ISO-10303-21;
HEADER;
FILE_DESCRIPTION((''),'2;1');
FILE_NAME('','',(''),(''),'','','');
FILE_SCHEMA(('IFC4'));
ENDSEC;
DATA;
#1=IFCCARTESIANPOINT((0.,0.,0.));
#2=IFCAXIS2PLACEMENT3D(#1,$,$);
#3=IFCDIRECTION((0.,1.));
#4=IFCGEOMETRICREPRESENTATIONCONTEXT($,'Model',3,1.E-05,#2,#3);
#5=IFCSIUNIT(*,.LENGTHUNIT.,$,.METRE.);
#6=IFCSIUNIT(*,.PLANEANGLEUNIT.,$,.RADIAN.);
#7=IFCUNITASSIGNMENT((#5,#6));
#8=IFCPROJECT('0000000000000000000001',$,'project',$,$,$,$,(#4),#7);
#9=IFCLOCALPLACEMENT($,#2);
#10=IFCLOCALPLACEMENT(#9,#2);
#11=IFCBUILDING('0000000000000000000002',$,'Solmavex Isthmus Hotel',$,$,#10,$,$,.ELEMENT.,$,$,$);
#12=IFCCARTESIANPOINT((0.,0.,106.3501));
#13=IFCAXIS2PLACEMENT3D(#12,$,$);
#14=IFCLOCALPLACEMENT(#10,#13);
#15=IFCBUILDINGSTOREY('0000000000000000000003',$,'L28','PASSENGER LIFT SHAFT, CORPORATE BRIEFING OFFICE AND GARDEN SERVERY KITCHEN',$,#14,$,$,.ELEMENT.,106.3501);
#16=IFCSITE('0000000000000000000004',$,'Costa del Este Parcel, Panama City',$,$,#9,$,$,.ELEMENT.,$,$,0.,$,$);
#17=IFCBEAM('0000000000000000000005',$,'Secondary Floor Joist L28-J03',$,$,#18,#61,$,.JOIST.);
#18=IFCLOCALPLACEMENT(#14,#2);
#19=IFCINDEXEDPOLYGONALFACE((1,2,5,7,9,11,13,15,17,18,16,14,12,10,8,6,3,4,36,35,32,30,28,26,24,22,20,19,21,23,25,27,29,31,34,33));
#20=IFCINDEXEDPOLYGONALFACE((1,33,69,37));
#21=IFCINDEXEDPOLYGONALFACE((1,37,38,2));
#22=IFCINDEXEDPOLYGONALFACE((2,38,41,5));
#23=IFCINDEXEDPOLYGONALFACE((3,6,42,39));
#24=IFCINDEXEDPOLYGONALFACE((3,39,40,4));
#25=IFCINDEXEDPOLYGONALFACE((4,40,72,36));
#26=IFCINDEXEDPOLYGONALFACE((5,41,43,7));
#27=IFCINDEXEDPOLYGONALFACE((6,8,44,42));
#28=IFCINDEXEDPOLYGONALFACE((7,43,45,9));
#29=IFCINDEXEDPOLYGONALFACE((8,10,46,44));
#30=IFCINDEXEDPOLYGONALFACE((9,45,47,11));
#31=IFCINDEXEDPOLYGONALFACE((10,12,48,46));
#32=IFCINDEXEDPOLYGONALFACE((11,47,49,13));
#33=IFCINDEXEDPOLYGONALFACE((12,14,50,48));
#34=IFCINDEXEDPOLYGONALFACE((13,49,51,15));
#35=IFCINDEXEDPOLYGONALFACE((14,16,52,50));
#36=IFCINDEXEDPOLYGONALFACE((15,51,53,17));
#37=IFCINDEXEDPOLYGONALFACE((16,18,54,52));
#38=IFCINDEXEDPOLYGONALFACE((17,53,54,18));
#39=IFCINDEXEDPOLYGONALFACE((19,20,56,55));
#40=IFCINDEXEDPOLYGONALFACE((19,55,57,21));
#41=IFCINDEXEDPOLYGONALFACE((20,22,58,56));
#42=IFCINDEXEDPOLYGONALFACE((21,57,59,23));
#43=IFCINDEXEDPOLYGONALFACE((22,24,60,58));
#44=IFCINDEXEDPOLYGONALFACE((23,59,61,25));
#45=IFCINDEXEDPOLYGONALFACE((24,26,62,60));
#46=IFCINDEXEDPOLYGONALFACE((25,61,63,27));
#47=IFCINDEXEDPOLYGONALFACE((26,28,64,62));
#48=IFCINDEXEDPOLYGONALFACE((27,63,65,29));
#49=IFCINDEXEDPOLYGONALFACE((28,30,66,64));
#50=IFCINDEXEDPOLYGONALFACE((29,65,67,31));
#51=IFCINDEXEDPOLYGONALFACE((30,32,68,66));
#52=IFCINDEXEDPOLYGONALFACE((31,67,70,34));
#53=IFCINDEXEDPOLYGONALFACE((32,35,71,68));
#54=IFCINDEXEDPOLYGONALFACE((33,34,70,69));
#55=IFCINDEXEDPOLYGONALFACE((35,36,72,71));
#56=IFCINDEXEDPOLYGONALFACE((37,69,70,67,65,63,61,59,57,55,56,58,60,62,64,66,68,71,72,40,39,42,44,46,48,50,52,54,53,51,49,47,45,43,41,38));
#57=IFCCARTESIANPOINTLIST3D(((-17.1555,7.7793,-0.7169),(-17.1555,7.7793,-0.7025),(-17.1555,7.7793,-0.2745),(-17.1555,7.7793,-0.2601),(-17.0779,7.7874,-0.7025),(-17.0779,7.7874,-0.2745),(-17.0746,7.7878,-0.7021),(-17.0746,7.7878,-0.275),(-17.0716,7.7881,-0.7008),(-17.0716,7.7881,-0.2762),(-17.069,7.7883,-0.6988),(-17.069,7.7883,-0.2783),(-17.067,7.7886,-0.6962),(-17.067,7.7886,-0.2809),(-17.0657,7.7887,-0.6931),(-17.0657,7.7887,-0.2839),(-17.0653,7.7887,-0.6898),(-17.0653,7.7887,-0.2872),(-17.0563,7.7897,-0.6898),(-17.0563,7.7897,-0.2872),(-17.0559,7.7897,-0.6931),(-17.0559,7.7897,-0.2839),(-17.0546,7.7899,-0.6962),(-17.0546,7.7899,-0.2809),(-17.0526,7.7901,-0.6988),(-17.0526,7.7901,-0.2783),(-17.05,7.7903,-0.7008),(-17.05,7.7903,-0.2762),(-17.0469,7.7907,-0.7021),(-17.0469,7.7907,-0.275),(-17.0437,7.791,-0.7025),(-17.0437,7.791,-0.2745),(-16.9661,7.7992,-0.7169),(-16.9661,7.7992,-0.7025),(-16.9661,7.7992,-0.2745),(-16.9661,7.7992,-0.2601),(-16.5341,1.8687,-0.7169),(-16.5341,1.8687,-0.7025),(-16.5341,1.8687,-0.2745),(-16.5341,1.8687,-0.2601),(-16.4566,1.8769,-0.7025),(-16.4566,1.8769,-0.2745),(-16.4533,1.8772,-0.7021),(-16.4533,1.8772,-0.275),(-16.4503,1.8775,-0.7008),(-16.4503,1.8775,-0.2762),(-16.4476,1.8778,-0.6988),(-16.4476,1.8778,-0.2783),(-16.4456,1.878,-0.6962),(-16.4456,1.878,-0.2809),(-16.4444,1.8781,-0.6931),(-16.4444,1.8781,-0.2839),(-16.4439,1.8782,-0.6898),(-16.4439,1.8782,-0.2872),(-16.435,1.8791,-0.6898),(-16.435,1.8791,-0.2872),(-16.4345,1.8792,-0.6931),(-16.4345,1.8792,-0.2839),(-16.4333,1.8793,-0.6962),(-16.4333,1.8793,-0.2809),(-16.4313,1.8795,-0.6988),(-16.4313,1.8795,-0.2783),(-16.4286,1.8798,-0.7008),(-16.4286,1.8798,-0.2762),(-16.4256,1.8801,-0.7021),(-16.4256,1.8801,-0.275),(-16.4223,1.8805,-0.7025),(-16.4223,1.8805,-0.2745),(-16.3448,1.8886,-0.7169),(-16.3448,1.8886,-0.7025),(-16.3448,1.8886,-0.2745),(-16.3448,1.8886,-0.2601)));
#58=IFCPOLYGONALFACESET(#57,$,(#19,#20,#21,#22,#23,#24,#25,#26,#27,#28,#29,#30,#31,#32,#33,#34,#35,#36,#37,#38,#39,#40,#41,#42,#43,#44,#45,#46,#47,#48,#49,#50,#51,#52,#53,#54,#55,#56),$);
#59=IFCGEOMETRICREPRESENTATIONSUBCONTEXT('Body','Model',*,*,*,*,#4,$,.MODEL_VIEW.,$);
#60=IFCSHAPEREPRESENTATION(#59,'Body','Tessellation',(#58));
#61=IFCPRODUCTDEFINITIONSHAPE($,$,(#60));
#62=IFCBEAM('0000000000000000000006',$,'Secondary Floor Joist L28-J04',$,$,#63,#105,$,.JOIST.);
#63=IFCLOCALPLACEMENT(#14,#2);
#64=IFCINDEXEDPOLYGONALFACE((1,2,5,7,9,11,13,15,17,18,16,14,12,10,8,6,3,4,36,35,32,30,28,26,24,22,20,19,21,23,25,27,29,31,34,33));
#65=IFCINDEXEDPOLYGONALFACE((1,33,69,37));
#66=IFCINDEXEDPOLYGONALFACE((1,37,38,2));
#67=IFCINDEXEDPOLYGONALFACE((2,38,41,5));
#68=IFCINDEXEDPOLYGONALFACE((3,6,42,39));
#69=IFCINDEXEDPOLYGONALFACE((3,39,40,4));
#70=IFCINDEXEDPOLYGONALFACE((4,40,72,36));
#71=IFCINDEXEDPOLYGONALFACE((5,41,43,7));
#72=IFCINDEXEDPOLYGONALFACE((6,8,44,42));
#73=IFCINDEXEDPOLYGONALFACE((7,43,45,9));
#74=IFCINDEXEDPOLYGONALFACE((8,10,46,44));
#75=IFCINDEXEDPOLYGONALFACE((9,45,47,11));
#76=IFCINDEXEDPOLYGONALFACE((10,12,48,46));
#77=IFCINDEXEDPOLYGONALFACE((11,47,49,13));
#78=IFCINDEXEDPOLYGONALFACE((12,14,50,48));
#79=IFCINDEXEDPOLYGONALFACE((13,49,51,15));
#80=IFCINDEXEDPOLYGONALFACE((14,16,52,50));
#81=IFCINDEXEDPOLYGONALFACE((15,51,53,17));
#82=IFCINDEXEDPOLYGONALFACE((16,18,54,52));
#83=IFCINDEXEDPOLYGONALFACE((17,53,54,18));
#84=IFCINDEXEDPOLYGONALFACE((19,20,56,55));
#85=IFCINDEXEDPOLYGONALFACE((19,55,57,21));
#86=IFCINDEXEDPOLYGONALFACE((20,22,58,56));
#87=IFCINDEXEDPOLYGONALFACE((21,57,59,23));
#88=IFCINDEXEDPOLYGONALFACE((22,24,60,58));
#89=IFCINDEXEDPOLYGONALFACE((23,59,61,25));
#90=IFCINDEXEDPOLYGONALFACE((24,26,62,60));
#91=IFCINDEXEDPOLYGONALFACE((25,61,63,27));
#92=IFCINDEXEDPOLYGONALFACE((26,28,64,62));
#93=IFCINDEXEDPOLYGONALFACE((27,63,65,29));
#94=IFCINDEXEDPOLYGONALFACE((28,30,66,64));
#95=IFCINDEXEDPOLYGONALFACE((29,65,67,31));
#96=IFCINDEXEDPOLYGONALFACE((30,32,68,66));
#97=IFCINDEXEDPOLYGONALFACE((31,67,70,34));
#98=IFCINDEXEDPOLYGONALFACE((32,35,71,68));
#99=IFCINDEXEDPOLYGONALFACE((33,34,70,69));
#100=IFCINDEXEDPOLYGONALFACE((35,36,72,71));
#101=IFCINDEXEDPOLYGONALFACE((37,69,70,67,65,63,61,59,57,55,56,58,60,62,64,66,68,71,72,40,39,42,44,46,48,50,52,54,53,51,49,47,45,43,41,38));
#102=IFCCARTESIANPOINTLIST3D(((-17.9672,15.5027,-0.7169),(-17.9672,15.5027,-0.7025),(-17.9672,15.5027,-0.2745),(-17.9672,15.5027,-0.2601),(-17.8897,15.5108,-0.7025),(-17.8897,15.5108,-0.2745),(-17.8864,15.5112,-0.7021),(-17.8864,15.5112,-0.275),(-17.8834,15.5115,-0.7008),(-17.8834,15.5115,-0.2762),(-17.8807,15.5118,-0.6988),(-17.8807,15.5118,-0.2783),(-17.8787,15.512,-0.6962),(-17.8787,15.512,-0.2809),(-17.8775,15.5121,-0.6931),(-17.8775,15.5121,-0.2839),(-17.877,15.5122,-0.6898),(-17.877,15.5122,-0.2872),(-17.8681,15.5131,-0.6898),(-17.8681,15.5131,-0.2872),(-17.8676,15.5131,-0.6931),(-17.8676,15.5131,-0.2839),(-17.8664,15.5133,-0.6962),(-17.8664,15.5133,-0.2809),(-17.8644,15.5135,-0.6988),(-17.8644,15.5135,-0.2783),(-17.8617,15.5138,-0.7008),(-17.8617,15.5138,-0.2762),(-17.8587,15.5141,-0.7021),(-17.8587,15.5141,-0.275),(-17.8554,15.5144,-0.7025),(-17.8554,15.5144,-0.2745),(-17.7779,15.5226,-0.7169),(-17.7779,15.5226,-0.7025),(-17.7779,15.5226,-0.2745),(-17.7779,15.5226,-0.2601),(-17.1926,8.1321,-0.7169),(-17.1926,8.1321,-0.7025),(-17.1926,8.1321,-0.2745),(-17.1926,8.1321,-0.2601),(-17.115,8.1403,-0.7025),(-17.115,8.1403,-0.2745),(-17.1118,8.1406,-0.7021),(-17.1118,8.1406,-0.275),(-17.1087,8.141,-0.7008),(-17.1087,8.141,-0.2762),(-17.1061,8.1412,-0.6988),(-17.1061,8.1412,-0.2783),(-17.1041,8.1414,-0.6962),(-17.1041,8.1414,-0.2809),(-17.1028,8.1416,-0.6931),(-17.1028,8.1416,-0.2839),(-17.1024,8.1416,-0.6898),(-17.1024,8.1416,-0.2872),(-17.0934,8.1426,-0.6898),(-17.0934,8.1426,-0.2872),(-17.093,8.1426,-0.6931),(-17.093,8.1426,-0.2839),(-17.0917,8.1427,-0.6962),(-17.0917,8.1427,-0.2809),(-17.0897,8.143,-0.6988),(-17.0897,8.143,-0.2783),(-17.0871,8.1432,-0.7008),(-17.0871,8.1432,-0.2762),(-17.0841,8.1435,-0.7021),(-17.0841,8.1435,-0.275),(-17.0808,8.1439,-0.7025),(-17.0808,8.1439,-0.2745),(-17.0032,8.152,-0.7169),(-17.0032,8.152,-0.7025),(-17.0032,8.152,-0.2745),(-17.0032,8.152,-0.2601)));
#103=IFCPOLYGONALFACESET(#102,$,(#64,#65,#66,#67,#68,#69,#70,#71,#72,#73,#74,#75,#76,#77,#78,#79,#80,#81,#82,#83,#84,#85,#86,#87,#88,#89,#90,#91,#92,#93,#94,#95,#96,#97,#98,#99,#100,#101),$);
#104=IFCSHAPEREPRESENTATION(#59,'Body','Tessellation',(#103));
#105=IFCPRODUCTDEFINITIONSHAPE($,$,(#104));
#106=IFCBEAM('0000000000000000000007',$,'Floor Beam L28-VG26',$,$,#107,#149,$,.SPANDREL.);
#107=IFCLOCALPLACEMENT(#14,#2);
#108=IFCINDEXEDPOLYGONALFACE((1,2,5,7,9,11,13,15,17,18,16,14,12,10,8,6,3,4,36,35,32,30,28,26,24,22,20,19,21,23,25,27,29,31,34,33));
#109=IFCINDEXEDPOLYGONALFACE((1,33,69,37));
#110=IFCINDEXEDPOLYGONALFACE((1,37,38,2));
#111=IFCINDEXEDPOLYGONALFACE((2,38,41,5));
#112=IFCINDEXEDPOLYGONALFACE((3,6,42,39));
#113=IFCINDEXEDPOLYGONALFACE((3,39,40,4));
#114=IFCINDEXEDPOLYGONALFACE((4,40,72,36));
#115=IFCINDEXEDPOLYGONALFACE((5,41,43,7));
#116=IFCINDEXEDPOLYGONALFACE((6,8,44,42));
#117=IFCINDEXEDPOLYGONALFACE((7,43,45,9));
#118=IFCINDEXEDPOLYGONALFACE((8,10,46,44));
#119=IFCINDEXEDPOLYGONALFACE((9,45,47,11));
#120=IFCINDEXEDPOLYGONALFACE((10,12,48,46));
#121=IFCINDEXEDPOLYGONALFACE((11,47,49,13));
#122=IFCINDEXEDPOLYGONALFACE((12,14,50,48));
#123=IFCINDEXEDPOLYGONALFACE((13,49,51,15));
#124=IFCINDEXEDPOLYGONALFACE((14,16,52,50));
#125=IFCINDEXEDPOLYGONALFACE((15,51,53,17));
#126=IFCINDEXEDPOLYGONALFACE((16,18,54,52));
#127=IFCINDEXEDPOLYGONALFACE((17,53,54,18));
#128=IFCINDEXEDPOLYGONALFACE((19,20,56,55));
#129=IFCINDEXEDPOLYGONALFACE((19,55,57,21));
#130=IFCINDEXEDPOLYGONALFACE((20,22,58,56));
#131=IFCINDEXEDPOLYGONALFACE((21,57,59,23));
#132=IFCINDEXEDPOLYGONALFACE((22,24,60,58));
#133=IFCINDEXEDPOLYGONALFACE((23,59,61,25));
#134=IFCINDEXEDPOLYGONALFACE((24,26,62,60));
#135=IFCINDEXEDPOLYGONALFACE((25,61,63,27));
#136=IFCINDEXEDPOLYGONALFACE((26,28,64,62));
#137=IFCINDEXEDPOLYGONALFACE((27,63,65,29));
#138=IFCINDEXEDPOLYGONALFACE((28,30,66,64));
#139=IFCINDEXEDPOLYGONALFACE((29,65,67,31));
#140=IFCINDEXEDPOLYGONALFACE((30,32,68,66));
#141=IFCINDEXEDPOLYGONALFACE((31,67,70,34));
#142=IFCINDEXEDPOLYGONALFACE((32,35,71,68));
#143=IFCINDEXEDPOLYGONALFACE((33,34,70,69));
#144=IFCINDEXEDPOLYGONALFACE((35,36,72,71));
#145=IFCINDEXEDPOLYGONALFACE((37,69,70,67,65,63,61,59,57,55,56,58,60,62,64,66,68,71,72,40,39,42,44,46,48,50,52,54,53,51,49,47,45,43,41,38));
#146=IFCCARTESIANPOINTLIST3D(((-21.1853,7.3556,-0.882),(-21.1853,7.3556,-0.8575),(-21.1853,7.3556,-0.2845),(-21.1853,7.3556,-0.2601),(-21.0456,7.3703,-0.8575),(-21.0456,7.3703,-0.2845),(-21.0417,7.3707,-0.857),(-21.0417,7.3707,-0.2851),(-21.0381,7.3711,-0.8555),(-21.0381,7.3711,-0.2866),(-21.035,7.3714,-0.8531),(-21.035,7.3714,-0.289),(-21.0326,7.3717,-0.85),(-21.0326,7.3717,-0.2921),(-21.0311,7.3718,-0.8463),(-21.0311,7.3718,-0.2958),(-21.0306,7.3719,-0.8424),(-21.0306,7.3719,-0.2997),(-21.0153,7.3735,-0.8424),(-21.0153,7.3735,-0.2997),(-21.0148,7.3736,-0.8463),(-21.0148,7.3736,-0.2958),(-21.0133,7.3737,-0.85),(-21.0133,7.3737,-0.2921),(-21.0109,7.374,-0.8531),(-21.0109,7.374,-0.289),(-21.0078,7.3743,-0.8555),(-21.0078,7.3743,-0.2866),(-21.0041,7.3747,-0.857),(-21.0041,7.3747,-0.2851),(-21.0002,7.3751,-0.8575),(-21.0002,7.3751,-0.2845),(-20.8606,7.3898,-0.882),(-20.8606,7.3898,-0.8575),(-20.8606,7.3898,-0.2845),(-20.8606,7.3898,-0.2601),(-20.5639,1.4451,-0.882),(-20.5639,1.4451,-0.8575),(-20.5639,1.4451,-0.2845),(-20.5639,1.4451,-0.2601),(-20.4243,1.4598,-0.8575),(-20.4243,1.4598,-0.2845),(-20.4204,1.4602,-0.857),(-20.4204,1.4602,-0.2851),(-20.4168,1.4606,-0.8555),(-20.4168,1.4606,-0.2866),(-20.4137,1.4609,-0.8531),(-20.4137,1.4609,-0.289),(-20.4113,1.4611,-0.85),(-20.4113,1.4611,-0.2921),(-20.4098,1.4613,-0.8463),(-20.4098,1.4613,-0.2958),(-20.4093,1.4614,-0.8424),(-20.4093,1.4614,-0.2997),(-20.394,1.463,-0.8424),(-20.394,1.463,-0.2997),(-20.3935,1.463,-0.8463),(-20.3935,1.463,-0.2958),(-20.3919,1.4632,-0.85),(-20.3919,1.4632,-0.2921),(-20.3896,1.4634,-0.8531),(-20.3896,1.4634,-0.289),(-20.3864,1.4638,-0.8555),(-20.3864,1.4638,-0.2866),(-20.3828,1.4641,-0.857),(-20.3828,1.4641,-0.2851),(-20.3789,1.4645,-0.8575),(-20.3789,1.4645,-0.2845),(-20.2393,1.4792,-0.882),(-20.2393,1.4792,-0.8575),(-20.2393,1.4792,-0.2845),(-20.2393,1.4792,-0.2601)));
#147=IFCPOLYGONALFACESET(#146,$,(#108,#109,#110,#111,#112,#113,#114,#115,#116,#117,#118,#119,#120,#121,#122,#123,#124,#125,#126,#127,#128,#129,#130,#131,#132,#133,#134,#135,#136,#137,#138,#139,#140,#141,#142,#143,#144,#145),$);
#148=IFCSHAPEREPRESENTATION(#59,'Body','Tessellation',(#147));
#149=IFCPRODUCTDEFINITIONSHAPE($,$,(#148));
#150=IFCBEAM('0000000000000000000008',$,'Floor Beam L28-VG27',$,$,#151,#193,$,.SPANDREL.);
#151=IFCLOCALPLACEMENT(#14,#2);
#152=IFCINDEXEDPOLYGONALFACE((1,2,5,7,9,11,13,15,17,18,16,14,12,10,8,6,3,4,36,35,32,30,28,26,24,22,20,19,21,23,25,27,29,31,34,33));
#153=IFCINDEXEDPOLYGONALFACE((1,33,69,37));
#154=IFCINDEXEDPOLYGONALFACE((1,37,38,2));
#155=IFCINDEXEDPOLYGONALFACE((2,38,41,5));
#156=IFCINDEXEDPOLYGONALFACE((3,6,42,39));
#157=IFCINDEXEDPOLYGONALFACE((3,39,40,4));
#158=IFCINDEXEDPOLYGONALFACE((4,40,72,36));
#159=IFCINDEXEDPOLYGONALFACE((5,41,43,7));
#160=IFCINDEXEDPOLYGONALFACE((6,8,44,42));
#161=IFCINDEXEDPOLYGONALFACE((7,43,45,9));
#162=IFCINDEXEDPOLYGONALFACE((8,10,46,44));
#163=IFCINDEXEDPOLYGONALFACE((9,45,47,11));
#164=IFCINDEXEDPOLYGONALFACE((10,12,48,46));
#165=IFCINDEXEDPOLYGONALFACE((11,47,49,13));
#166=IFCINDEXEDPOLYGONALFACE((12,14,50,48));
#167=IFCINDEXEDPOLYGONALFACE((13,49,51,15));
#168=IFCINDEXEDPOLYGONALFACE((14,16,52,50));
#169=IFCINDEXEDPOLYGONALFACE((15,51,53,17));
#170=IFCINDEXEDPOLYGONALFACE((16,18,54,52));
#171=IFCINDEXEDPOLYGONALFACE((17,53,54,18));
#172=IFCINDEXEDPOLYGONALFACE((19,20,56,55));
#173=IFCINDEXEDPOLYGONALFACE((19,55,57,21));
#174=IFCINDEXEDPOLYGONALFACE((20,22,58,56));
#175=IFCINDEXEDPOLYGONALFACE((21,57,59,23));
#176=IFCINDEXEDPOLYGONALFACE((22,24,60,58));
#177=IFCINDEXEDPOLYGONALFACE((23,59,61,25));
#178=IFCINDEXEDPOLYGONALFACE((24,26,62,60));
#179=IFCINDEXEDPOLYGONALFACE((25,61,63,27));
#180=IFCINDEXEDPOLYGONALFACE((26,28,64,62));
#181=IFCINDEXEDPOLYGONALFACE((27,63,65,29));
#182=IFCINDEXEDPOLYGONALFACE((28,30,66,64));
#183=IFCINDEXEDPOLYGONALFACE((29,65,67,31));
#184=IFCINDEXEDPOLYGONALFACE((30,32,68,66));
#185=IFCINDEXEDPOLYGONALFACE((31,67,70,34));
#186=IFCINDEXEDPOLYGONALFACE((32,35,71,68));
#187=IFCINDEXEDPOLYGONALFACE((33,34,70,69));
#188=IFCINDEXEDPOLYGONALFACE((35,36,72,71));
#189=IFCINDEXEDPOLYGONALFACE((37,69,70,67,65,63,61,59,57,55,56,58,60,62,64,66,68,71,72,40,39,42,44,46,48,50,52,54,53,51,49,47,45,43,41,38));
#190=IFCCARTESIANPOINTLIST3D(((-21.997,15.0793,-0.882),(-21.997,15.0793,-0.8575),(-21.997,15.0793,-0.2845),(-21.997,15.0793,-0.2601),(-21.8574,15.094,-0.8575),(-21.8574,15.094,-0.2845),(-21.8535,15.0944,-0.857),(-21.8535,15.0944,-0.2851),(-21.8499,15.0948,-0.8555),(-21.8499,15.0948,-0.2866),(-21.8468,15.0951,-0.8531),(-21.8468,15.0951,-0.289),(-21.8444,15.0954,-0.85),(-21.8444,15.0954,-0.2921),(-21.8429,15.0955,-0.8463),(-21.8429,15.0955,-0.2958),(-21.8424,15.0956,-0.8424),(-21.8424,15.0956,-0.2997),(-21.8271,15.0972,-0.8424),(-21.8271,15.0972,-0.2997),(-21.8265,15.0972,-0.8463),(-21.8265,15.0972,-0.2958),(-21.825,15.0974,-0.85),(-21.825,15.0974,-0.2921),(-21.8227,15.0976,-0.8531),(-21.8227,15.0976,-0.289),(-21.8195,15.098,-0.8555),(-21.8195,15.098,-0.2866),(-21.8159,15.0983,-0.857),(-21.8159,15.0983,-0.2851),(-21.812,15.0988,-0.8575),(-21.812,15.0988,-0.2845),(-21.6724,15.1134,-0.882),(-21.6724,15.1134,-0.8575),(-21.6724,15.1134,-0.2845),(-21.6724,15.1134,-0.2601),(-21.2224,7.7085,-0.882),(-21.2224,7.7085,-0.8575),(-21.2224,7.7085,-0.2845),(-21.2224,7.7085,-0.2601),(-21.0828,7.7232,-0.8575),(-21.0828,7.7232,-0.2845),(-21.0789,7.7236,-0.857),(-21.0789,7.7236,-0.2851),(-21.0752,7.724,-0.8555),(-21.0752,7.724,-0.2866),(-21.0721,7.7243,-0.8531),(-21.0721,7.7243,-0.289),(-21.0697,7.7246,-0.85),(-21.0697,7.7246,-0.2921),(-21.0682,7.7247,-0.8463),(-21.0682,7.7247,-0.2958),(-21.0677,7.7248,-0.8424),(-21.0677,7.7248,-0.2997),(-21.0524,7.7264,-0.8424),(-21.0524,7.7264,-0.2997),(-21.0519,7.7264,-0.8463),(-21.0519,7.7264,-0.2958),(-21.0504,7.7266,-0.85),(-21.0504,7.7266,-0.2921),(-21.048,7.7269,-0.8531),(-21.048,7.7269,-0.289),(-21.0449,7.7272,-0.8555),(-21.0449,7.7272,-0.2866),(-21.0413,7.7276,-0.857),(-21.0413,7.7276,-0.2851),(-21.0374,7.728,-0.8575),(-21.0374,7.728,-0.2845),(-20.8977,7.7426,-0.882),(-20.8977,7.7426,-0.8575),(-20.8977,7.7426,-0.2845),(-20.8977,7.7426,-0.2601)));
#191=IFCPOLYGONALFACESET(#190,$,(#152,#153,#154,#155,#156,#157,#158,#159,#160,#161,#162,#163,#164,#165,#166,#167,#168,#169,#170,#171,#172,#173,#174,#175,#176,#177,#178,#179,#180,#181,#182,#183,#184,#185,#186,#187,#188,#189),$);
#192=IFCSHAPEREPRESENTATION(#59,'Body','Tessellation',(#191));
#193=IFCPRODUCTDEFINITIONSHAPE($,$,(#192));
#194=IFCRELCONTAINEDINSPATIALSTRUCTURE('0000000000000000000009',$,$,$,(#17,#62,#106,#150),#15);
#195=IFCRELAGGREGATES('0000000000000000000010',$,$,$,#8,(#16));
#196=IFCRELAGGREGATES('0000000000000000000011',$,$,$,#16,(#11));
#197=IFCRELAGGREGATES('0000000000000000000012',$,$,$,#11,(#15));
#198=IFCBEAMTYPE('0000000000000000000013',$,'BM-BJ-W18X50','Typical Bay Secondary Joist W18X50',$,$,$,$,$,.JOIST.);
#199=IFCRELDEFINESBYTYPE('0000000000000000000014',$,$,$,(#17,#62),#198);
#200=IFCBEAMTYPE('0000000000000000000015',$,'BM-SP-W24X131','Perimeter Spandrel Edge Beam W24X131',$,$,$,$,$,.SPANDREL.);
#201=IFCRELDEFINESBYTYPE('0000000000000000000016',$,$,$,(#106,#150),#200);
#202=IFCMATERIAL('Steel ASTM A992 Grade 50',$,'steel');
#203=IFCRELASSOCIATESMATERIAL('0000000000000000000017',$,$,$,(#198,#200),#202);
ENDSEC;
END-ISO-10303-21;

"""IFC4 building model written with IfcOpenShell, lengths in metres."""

from ifc_helpers import new_model, si_unit, direction, frame, origin, origin_2d, place, context, subcontext, project, spatial, i_section, extrude, material, material_profile, profile_set, type_object, element, save


model = new_model("IFC4")

# Units and contexts
model_context = context("Model", 3, precision=1e-05, world=origin(), true_north=direction((0.0, 1.0)))
body_context = subcontext(model_context, "Body", "Model", "MODEL_VIEW")
ifc_project = project(units=[si_unit("LENGTHUNIT", "METRE"), si_unit("PLANEANGLEUNIT", "RADIAN")], contexts=[model_context])

# Site, building, storey
site_placement = place(None, origin())
site = spatial("IfcSite", under=ifc_project, at=site_placement, Name="Costa del Este Parcel, Panama City", CompositionType="ELEMENT", RefElevation=0.0)
building_placement = place(site_placement, origin())
building = spatial("IfcBuilding", under=site, at=building_placement, Name="Solmavex Isthmus Hotel", CompositionType="ELEMENT")
storey_placement = place(building_placement, frame((0.0, 0.0, 106.3501)))
storey = spatial("IfcBuildingStorey", under=building, at=storey_placement, Name="L28", Description="PASSENGER LIFT SHAFT, CORPORATE BRIEFING OFFICE AND GARDEN SERVERY KITCHEN", CompositionType="ELEMENT", Elevation=106.3501)

# Beams
ifc_material_1 = material(Name="Steel ASTM A992 Grade 50", Category="steel")
ifc_material_profile_1 = material_profile(ifc_material_1, i_section(OverallWidth=0.1904, OverallDepth=0.4568, WebThickness=0.009, FlangeThickness=0.0144, FilletRadius=0.0127, at=origin_2d()), Name="W18X50")
ifc_profile_set_1 = profile_set([ifc_material_profile_1], Name="Steel ASTM A992 Grade 50")
beam_type_1 = type_object("IfcBeamType", Name="BM-BJ-W18X50", Description="Typical Bay Secondary Joist W18X50", PredefinedType="JOIST", material=ifc_profile_set_1)
beam_1_placement = place(storey_placement, frame((-16.4395, 1.8787, -0.4885), z_axis=(-0.104546, 0.99452, 0.0), x_axis=(-0.99452, -0.104546, 0.0)))
element("IfcBeam", 1, at=beam_1_placement, inside=storey, type_object=beam_type_1, Name="Secondary Floor Joist L28-J03", PredefinedType="JOIST", context=body_context, shape_type="SweptSolid", body=[
    extrude(i_section(OverallWidth=0.1904, OverallDepth=0.4568, WebThickness=0.009, FlangeThickness=0.0144, FilletRadius=0.0127, at=origin_2d()), origin(), (0.0, 0.0, 1.0), 5.9431),
])
beam_2_placement = place(storey_placement, frame((-17.0979, 8.1421, -0.4885), z_axis=(-0.104525, 0.994522, 0.0), x_axis=(-0.994522, -0.104525, 0.0)))
element("IfcBeam", 2, at=beam_2_placement, inside=storey, type_object=beam_type_1, Name="Secondary Floor Joist L28-J04", PredefinedType="JOIST", context=body_context, shape_type="SweptSolid", body=[
    extrude(i_section(OverallWidth=0.1904, OverallDepth=0.4568, WebThickness=0.009, FlangeThickness=0.0144, FilletRadius=0.0127, at=origin_2d()), origin(), (0.0, 0.0, 1.0), 7.4111),
])
ifc_material_profile_2 = material_profile(ifc_material_1, i_section(OverallWidth=0.3264, OverallDepth=0.6218, WebThickness=0.0154, FlangeThickness=0.0244, FilletRadius=0.0151, at=origin_2d()), Name="W24X131")
ifc_profile_set_2 = profile_set([ifc_material_profile_2], Name="Steel ASTM A992 Grade 50")
beam_type_2 = type_object("IfcBeamType", Name="BM-SP-W24X131", Description="Perimeter Spandrel Edge Beam W24X131", PredefinedType="SPANDREL", material=ifc_profile_set_2)
beam_3_placement = place(storey_placement, frame((-20.4016, 1.4622, -0.571), z_axis=(-0.104546, 0.99452, 0.0), x_axis=(-0.99452, -0.104546, 0.0)))
element("IfcBeam", 3, at=beam_3_placement, inside=storey, type_object=beam_type_2, Name="Floor Beam L28-VG26", PredefinedType="SPANDREL", context=body_context, shape_type="SweptSolid", body=[
    extrude(i_section(OverallWidth=0.3264, OverallDepth=0.6218, WebThickness=0.0154, FlangeThickness=0.0244, FilletRadius=0.0151, at=origin_2d()), origin(), (0.0, 0.0, 1.0), 5.9431),
])
beam_4_placement = place(storey_placement, frame((-21.0601, 7.7256, -0.571), z_axis=(-0.104522, 0.994523, 0.0), x_axis=(-0.994523, -0.104522, 0.0)))
element("IfcBeam", 4, at=beam_4_placement, inside=storey, type_object=beam_type_2, Name="Floor Beam L28-VG27", PredefinedType="SPANDREL", context=body_context, shape_type="SweptSolid", body=[
    extrude(i_section(OverallWidth=0.3264, OverallDepth=0.6218, WebThickness=0.0154, FlangeThickness=0.0244, FilletRadius=0.0151, at=origin_2d()), origin(), (0.0, 0.0, 1.0), 7.4114),
])

save(model, "model.ifc")
